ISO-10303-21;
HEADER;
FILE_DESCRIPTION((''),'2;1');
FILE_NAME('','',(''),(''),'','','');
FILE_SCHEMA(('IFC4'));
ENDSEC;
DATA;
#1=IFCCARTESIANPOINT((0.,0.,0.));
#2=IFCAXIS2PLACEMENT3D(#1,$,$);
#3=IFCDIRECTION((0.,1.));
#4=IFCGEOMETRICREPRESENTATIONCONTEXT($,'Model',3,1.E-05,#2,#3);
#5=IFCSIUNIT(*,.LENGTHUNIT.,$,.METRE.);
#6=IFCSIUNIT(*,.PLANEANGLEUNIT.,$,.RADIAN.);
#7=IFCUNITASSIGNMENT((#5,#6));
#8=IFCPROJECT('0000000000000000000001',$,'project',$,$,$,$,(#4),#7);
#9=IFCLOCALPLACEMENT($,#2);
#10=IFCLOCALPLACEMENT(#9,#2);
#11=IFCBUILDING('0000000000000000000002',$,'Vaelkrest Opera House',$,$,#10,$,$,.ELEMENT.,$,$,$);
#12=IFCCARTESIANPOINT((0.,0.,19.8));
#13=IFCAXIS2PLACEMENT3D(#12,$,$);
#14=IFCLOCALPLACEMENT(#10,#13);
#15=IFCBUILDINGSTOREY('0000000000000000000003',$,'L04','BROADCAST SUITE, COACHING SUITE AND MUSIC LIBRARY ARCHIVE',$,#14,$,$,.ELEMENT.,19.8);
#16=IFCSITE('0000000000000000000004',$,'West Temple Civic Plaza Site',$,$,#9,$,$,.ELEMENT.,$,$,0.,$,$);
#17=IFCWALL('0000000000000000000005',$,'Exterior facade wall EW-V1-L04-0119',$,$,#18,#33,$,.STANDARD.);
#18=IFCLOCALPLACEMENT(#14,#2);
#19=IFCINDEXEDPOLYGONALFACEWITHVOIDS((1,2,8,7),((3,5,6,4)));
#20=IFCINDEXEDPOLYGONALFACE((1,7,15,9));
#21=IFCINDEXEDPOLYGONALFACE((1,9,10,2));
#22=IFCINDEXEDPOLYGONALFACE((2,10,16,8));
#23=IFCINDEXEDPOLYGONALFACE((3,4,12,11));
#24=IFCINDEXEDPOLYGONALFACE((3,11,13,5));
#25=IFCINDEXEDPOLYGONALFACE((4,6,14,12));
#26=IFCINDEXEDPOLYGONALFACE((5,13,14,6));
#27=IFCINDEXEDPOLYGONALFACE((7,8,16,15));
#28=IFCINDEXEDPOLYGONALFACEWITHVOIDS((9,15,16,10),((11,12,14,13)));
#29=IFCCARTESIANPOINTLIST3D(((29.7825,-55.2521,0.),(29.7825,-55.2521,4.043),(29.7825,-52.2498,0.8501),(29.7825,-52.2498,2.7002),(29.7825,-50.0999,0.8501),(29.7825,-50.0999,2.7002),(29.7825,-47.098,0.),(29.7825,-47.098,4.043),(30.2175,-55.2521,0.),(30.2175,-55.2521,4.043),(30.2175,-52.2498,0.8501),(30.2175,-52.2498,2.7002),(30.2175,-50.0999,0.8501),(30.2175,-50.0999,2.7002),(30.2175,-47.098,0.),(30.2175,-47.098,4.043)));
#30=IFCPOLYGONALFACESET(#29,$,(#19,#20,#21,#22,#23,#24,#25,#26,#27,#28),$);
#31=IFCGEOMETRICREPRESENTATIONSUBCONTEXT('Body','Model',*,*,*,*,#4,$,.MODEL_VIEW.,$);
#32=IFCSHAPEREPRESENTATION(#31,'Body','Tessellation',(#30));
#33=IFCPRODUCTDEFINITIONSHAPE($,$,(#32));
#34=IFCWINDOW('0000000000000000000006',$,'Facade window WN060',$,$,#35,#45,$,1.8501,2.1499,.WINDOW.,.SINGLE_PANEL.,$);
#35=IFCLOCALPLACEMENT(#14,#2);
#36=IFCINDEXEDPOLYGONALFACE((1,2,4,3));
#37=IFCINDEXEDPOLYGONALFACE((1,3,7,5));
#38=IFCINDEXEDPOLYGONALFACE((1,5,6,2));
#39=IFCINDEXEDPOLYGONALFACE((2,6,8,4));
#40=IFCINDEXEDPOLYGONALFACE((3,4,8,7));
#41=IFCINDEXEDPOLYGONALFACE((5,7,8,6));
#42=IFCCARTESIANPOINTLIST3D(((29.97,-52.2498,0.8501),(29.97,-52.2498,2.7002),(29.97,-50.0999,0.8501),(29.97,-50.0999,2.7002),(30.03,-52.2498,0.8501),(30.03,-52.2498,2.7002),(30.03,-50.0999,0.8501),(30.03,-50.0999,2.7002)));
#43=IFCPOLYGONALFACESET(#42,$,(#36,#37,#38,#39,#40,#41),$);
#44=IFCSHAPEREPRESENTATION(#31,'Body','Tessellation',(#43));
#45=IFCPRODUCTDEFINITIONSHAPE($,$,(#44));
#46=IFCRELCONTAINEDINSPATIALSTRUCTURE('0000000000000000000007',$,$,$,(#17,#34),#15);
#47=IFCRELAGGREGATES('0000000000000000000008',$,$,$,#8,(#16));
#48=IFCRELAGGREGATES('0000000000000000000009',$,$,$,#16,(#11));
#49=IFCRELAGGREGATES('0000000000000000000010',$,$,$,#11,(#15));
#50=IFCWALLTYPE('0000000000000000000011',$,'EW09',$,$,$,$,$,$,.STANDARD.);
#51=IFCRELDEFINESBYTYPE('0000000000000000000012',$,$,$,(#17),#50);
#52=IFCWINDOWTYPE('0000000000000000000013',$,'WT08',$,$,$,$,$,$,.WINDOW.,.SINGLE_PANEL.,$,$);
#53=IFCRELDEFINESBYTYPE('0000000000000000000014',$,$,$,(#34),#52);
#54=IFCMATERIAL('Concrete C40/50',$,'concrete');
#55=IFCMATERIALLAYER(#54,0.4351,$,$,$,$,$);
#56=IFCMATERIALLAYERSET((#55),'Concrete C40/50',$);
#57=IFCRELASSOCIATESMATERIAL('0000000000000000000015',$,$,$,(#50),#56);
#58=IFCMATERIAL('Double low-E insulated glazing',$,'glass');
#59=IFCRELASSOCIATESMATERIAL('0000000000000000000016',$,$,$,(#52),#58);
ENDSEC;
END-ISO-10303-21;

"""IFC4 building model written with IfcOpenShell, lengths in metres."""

from ifc_helpers import new_model, si_unit, direction, frame, frame_2d, origin, place, context, subcontext, project, spatial, rectangle, extrude, material, layer, layer_set, type_object, element, fill, save


model = new_model("IFC4")

# Units and contexts
model_context = context("Model", 3, precision=1e-05, world=origin(), true_north=direction((0.0, 1.0)))
body_context = subcontext(model_context, "Body", "Model", "MODEL_VIEW")
ifc_project = project(units=[si_unit("LENGTHUNIT", "METRE"), si_unit("PLANEANGLEUNIT", "RADIAN")], contexts=[model_context])

# Site, building, storey
site_placement = place(None, origin())
site = spatial("IfcSite", under=ifc_project, at=site_placement, Name="West Temple Civic Plaza Site", CompositionType="ELEMENT", RefElevation=0.0)
building_placement = place(site_placement, origin())
building = spatial("IfcBuilding", under=site, at=building_placement, Name="Vaelkrest Opera House", CompositionType="ELEMENT")
storey_placement = place(building_placement, frame((0.0, 0.0, 19.8)))
storey = spatial("IfcBuildingStorey", under=building, at=storey_placement, Name="L04", Description="BROADCAST SUITE, COACHING SUITE AND MUSIC LIBRARY ARCHIVE", CompositionType="ELEMENT", Elevation=19.8)

# Shared definitions
ifc_material_1 = material(Name="Double low-E insulated glazing", Category="glass")

# Wall, opening, window
ifc_material_2 = material(Name="Concrete C40/50", Category="concrete")
ifc_layer_1 = layer(ifc_material_2, 0.4351)
ifc_layer_set_1 = layer_set([ifc_layer_1], Name="Concrete C40/50")
wall_type = type_object("IfcWallType", Name="EW09", PredefinedType="STANDARD", material=ifc_layer_set_1)
wall_placement = place(storey_placement, frame((30.0, -47.0979, 0.0), z_axis=(0.0, 0.0, 1.0), x_axis=(0.0, -1.0, 0.0)))
wall = element("IfcWall", 1, at=wall_placement, inside=storey, type_object=wall_type, Name="Exterior facade wall EW-V1-L04-0119", PredefinedType="STANDARD", context=body_context, shape_type="SweptSolid", body=[
    extrude(rectangle(XDim=8.1541, YDim=0.4351, at=frame_2d((4.0771, 0.0))), origin(), (0.0, 0.0, 1.0), 4.043),
])
opening_placement = place(wall_placement, frame((3.002, 0.0, 0.8501)))
opening = element("IfcOpeningElement", 2, at=opening_placement, cuts=wall, PredefinedType="OPENING", context=body_context, shape_type="SweptSolid", body=[
    extrude(rectangle(XDim=2.1499, YDim=1.8501, at=frame_2d((1.075, 0.925))), frame((0.0, 0.2275, 0.0), z_axis=(0.0, -1.0, 0.0), x_axis=(1.0, 0.0, 0.0)), (0.0, 0.0, 1.0), 0.4551),
])
window_type = type_object("IfcWindowType", Name="WT08", PartitioningType="SINGLE_PANEL", PredefinedType="WINDOW", material=ifc_material_1)
window_placement = place(opening_placement, origin())
window = element("IfcWindow", 3, at=window_placement, inside=storey, type_object=window_type, Name="Facade window WN060", OverallHeight=1.8501, OverallWidth=2.1499, PartitioningType="SINGLE_PANEL", PredefinedType="WINDOW", context=body_context, shape_type="SweptSolid", body=[
    extrude(rectangle(XDim=2.1499, YDim=1.8501, at=frame_2d((1.075, 0.925))), frame((0.0, 0.03, 0.0), z_axis=(0.0, -1.0, 0.0), x_axis=(1.0, 0.0, 0.0)), (0.0, 0.0, 1.0), 0.0601),
])
fill(opening, window)

save(model, "model.ifc")
